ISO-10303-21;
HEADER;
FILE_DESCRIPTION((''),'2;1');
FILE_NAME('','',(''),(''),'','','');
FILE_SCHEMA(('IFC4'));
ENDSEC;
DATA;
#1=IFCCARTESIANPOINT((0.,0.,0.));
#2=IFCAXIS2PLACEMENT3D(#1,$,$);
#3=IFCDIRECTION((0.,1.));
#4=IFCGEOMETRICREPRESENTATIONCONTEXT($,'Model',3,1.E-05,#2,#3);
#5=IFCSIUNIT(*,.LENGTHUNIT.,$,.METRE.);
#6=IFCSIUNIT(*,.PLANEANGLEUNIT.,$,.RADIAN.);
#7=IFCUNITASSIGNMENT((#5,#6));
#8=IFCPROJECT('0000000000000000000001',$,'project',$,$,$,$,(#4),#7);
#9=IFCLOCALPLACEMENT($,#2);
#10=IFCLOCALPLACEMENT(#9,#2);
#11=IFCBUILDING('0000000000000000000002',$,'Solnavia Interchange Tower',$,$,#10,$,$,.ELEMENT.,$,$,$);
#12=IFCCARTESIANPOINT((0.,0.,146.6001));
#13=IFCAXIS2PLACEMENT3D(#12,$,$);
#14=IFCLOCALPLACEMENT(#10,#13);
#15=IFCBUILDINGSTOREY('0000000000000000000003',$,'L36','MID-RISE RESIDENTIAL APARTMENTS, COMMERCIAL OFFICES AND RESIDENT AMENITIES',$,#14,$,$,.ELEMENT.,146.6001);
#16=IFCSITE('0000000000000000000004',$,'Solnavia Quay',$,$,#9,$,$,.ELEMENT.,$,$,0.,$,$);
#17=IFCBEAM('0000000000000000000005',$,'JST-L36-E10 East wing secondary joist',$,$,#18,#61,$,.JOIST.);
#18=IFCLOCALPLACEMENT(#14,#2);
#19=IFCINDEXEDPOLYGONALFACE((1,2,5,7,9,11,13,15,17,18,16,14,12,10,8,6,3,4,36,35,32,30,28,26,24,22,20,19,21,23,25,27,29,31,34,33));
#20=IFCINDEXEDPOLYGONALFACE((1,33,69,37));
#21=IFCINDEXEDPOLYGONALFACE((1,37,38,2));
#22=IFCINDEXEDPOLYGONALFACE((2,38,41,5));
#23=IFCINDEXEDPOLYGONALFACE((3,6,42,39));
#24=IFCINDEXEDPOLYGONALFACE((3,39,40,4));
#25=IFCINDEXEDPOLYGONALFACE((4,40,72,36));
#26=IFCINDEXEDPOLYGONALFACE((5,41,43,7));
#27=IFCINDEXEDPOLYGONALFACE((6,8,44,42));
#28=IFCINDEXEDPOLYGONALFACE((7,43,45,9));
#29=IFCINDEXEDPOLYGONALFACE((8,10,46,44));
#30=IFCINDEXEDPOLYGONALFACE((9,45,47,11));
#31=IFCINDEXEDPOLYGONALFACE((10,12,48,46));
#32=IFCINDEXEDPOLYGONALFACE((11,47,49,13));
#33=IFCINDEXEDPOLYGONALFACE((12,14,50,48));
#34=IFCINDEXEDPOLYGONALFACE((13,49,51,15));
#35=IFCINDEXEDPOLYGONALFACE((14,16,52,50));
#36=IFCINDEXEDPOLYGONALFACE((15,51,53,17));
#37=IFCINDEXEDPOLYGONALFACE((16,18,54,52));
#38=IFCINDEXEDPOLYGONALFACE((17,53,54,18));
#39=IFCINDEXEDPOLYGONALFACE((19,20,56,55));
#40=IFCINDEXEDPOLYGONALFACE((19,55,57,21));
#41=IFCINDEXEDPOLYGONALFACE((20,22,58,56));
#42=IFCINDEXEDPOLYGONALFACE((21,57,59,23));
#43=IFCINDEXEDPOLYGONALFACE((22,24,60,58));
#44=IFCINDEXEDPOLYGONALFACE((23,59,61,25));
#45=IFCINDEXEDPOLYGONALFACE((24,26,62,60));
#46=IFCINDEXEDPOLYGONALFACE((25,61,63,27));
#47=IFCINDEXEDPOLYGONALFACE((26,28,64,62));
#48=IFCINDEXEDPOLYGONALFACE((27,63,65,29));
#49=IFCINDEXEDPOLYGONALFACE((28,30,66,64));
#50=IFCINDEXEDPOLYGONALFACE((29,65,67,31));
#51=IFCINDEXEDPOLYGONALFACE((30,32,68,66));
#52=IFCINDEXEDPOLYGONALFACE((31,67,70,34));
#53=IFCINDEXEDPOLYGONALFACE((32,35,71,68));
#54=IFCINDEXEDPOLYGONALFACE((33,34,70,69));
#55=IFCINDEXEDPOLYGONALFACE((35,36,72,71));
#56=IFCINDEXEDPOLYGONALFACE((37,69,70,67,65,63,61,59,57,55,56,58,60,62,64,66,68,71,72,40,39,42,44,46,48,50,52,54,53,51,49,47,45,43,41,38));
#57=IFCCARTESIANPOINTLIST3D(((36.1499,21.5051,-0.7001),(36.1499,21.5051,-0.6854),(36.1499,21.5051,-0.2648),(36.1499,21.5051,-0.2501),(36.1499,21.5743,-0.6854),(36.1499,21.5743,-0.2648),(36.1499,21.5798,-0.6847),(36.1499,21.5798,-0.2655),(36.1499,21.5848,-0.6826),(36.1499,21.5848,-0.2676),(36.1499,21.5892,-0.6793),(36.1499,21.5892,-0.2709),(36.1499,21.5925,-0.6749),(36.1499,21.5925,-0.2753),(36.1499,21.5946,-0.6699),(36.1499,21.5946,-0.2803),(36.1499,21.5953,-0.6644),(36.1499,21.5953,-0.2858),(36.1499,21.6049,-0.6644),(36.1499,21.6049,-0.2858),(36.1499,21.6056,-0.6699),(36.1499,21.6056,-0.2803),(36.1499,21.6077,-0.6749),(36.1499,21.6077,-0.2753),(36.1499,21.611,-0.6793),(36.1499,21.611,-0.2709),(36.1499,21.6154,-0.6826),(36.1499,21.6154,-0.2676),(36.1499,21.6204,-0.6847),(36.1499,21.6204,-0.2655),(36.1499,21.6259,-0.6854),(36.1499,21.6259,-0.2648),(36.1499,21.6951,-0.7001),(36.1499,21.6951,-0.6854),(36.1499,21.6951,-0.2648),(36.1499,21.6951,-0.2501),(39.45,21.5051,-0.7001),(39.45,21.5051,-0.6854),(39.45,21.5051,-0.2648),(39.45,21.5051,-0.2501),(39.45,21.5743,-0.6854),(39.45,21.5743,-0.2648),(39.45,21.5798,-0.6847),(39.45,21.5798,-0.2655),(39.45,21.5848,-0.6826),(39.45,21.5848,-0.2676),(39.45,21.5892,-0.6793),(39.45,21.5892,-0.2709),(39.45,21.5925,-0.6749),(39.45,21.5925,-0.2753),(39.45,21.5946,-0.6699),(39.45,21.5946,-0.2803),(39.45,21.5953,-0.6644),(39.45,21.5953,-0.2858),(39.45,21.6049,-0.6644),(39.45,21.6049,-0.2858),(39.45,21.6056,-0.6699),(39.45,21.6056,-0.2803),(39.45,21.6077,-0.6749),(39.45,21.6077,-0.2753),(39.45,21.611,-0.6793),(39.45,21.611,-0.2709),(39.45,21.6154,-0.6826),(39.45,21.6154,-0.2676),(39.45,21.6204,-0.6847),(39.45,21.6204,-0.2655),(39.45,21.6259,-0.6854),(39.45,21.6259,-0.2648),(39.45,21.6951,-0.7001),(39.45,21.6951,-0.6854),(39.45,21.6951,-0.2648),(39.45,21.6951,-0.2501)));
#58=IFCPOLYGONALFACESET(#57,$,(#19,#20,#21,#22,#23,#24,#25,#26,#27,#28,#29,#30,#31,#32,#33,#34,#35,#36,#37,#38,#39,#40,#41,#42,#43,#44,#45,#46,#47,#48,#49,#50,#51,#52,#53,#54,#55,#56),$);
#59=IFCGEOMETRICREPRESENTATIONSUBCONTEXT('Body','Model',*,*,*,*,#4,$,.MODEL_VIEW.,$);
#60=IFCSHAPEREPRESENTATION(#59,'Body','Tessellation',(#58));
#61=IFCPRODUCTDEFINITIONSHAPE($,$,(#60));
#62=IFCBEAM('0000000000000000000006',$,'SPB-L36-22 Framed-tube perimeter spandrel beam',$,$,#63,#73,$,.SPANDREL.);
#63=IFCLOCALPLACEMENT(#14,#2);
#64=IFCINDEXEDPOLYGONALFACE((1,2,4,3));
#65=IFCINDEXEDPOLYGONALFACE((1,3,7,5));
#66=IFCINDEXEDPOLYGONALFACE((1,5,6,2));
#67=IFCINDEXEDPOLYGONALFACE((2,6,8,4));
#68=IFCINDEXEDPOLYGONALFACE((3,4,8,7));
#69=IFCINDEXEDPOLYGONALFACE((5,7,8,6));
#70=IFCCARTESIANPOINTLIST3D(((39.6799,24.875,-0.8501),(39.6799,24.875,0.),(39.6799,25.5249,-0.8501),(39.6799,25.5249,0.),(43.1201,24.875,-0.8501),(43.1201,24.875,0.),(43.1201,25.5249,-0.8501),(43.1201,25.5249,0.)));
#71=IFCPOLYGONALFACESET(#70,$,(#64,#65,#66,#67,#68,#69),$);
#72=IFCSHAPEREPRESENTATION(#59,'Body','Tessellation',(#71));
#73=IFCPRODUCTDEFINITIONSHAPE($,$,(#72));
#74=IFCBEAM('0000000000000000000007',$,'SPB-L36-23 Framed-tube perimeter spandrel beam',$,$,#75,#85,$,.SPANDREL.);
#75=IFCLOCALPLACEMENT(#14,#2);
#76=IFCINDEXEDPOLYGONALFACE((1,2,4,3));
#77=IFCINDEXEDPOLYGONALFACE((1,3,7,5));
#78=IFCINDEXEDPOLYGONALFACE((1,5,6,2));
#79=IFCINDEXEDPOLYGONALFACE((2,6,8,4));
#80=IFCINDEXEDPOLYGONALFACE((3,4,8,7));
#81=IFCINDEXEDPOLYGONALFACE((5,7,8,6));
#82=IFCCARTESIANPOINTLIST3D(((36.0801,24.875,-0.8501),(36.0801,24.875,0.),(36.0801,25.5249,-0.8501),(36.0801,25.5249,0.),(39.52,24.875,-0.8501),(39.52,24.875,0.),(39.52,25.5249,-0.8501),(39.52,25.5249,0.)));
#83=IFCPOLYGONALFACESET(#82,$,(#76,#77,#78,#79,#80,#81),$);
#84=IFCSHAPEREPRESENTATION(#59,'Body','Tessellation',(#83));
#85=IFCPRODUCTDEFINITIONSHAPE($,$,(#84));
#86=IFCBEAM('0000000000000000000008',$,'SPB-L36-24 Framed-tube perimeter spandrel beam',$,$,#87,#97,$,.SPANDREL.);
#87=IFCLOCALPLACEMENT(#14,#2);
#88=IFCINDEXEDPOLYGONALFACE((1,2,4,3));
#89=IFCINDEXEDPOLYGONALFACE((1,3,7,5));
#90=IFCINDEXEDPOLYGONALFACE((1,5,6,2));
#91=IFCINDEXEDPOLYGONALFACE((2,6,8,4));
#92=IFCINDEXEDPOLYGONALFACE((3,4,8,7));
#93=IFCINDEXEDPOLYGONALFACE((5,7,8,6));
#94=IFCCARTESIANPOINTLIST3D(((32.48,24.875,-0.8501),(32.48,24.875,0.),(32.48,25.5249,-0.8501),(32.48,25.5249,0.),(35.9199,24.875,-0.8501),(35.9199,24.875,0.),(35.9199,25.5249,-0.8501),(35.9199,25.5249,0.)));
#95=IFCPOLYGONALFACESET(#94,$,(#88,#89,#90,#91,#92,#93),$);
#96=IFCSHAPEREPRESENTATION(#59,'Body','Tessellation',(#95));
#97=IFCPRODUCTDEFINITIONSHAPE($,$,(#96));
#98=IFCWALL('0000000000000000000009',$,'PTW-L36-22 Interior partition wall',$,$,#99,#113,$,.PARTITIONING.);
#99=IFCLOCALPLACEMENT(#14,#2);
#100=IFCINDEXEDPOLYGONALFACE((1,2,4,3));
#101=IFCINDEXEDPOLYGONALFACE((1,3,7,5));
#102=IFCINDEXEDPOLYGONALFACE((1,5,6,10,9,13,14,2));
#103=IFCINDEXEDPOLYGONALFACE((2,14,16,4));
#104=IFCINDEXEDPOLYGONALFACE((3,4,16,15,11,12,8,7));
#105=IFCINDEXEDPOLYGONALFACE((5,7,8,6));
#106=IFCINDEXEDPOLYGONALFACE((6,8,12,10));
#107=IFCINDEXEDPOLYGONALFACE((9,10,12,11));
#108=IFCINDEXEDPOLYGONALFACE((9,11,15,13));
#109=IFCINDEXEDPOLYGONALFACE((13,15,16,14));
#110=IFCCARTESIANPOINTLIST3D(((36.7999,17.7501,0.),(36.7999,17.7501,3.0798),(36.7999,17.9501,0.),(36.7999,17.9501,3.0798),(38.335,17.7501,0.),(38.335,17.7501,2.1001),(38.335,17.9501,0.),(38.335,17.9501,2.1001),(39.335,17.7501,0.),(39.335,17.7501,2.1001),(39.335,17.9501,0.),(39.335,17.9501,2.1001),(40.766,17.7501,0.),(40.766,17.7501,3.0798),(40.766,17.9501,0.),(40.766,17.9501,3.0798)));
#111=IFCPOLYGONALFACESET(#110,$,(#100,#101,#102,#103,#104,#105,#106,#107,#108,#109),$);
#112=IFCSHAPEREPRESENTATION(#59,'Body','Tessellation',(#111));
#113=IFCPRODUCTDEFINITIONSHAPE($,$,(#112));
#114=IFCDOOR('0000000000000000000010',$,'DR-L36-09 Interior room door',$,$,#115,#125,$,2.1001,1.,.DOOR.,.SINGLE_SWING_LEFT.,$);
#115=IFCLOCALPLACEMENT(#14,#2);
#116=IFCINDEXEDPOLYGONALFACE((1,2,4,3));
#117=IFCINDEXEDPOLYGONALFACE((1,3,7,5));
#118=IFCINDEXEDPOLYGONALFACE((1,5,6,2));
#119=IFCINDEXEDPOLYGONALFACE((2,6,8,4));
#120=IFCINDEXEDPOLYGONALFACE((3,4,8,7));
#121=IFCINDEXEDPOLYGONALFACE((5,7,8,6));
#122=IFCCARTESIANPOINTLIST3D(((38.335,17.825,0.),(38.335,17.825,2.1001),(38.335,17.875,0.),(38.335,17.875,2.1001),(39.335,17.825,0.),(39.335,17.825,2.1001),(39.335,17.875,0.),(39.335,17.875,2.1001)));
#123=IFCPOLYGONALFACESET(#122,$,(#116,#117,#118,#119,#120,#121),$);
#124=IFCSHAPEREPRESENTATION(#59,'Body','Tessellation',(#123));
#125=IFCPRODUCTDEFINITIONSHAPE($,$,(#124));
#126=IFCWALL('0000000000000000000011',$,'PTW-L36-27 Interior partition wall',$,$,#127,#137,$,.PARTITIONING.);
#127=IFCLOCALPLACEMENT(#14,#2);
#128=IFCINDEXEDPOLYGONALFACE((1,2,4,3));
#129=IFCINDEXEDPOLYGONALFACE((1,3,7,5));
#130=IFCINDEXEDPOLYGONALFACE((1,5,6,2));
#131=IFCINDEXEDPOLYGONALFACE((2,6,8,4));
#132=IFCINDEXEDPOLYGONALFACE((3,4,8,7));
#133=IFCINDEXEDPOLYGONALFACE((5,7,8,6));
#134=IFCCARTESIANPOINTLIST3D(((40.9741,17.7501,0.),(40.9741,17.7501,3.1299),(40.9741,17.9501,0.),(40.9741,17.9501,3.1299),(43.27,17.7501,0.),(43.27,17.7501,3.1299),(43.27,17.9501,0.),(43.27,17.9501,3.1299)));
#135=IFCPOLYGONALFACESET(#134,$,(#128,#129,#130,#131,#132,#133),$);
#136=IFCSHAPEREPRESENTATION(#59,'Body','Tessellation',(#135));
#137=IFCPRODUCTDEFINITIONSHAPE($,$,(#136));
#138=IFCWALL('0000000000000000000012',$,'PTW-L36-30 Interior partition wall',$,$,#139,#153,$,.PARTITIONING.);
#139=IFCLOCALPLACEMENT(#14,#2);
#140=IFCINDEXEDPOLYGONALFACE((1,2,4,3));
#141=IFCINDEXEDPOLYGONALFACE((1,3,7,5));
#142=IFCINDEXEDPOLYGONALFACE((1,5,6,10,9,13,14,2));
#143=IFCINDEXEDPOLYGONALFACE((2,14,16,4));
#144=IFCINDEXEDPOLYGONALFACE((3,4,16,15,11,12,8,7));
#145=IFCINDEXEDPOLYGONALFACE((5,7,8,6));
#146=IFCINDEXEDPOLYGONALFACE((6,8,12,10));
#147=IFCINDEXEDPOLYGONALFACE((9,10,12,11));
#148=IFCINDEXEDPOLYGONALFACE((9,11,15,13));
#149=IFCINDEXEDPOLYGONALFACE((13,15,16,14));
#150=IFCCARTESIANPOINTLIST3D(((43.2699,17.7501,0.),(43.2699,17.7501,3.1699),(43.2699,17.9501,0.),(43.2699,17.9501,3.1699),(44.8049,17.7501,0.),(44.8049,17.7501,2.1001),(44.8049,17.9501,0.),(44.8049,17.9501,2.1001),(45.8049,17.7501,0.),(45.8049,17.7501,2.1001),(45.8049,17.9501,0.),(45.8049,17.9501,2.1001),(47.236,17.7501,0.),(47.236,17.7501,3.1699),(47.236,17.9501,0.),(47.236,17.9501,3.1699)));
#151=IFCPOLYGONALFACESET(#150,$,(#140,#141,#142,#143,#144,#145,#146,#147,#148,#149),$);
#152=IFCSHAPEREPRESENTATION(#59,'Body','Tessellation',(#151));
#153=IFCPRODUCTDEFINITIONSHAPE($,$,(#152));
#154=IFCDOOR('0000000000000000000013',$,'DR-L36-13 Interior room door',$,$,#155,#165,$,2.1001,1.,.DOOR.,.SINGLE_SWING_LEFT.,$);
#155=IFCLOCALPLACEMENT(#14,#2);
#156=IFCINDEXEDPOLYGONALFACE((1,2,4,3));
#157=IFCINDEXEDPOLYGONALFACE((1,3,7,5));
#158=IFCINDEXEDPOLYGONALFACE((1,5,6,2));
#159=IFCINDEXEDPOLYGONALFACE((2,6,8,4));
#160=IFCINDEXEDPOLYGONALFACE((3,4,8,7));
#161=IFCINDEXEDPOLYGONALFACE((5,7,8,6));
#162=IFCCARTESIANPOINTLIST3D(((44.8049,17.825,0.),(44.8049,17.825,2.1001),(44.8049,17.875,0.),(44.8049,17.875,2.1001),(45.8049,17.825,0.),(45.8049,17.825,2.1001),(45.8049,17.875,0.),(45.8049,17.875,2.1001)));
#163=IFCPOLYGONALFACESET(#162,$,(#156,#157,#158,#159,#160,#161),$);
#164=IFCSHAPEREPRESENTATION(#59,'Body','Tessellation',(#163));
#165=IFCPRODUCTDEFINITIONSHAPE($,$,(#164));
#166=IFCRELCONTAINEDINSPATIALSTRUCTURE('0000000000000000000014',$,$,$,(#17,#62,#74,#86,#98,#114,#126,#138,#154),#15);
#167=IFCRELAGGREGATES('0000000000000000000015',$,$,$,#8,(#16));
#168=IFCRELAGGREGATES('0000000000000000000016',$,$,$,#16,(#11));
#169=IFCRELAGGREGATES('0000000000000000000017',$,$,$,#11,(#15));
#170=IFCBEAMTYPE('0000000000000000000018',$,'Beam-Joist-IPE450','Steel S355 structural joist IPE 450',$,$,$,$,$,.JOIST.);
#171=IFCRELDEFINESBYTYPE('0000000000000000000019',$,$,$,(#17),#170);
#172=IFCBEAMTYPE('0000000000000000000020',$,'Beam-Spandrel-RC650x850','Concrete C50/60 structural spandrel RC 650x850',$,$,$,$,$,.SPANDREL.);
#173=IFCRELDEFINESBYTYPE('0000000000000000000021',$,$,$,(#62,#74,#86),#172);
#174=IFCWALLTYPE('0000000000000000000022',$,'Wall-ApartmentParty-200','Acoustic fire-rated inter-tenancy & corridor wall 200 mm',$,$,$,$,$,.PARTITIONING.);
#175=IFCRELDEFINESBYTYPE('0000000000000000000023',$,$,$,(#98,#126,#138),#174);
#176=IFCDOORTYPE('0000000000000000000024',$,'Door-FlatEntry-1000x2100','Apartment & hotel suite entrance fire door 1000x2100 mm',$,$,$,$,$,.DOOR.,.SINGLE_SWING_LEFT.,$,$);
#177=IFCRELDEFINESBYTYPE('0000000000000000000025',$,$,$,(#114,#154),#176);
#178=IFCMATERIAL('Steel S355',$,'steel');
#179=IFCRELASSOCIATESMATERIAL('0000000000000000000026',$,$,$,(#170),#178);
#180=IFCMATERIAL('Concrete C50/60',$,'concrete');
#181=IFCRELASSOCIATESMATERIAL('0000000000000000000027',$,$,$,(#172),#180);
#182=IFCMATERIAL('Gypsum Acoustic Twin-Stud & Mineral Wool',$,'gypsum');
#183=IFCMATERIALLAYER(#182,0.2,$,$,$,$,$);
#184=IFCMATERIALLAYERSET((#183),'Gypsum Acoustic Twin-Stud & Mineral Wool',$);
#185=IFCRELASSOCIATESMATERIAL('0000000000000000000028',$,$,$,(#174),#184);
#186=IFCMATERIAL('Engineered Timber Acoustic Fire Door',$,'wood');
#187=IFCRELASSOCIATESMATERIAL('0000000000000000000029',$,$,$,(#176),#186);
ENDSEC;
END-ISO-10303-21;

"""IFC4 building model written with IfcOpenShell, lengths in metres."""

from ifc_helpers import new_model, si_unit, direction, frame, frame_2d, origin, origin_2d, place, context, subcontext, project, spatial, rectangle, i_section, extrude, material, layer, layer_set, material_profile, profile_set, type_object, element, fill, save


model = new_model("IFC4")

# Units and contexts
model_context = context("Model", 3, precision=1e-05, world=origin(), true_north=direction((0.0, 1.0)))
body_context = subcontext(model_context, "Body", "Model", "MODEL_VIEW")
ifc_project = project(units=[si_unit("LENGTHUNIT", "METRE"), si_unit("PLANEANGLEUNIT", "RADIAN")], contexts=[model_context])

# Site, building, storey
site_placement = place(None, origin())
site = spatial("IfcSite", under=ifc_project, at=site_placement, Name="Solnavia Quay", CompositionType="ELEMENT", RefElevation=0.0)
building_placement = place(site_placement, origin())
building = spatial("IfcBuilding", under=site, at=building_placement, Name="Solnavia Interchange Tower", CompositionType="ELEMENT")
storey_placement = place(building_placement, frame((0.0, 0.0, 146.6001)))
storey = spatial("IfcBuildingStorey", under=building, at=storey_placement, Name="L36", Description="MID-RISE RESIDENTIAL APARTMENTS, COMMERCIAL OFFICES AND RESIDENT AMENITIES", CompositionType="ELEMENT", Elevation=146.6001)

# Shared definitions
ifc_material_1 = material(Name="Concrete C50/60", Category="concrete")

# Beams
ifc_material_2 = material(Name="Steel S355", Category="steel")
ifc_material_profile_1 = material_profile(ifc_material_2, i_section(OverallWidth=0.1899, OverallDepth=0.45, WebThickness=0.0095, FlangeThickness=0.0146, FilletRadius=0.021, at=origin_2d()), Name="IPE 450")
ifc_profile_set_1 = profile_set([ifc_material_profile_1], Name="Steel S355")
beam_type_1 = type_object("IfcBeamType", Name="Beam-Joist-IPE450", Description="Steel S355 structural joist IPE 450", PredefinedType="JOIST", material=ifc_profile_set_1)
for number, where, z_axis, x_axis, name in (
    (1, (36.1499, 21.6001, -0.4751), (1.0, 0.0, 0.0), (0.0, 1.0, 0.0), "JST-L36-E10 East wing secondary joist"),
):
    element("IfcBeam", number, at=place(storey_placement, frame(where, z_axis=z_axis, x_axis=x_axis)), inside=storey, type_object=beam_type_1, Name=name, PredefinedType="JOIST", context=body_context, shape_type="SweptSolid", body=[
        extrude(i_section(OverallWidth=0.1899, OverallDepth=0.45, WebThickness=0.0095, FlangeThickness=0.0146, FilletRadius=0.021, at=origin_2d()), origin(), (0.0, 0.0, 1.0), 3.3),
    ])
ifc_material_profile_2 = material_profile(ifc_material_1, rectangle(XDim=0.6499, YDim=0.8501, at=origin_2d()), Name="RC 650x850")
ifc_profile_set_2 = profile_set([ifc_material_profile_2], Name="Concrete C50/60")
beam_type_2 = type_object("IfcBeamType", Name="Beam-Spandrel-RC650x850", Description="Concrete C50/60 structural spandrel RC 650x850", PredefinedType="SPANDREL", material=ifc_profile_set_2)
beam_placement = place(storey_placement, frame((43.1201, 25.2, -0.425), z_axis=(-1.0, 0.0, 0.0), x_axis=(0.0, -1.0, 0.0)))
element("IfcBeam", 2, at=beam_placement, inside=storey, type_object=beam_type_2, Name="SPB-L36-22 Framed-tube perimeter spandrel beam", PredefinedType="SPANDREL", context=body_context, shape_type="SweptSolid", body=[
    extrude(rectangle(XDim=0.6499, YDim=0.8501, at=origin_2d()), origin(), (0.0, 0.0, 1.0), 3.4402),
])
for number, where, z_axis, x_axis, name in (
    (3, (39.52, 25.2, -0.425), (-1.0, 0.0, 0.0), (0.0, -1.0, 0.0), "SPB-L36-23 Framed-tube perimeter spandrel beam"),
    (4, (35.9199, 25.2, -0.425), (-1.0, 0.0, 0.0), (0.0, -1.0, 0.0), "SPB-L36-24 Framed-tube perimeter spandrel beam"),
):
    element("IfcBeam", number, at=place(storey_placement, frame(where, z_axis=z_axis, x_axis=x_axis)), inside=storey, type_object=beam_type_2, Name=name, PredefinedType="SPANDREL", context=body_context, shape_type="SweptSolid", body=[
        extrude(rectangle(XDim=0.6499, YDim=0.8501, at=origin_2d()), origin(), (0.0, 0.0, 1.0), 3.4399),
    ])

# Wall, opening, door
ifc_material_3 = material(Name="Gypsum Acoustic Twin-Stud & Mineral Wool", Category="gypsum")
ifc_layer_1 = layer(ifc_material_3, 0.2)
ifc_layer_set_1 = layer_set([ifc_layer_1], Name="Gypsum Acoustic Twin-Stud & Mineral Wool")
wall_type_1 = type_object("IfcWallType", Name="Wall-ApartmentParty-200", Description="Acoustic fire-rated inter-tenancy & corridor wall 200 mm", PredefinedType="PARTITIONING", material=ifc_layer_set_1)
wall_1_placement = place(storey_placement, frame((36.8, 17.8501, 0.0), z_axis=(0.0, 0.0, 1.0), x_axis=(1.0, 0.0, 0.0)))
wall_1 = element("IfcWall", 5, at=wall_1_placement, inside=storey, type_object=wall_type_1, Name="PTW-L36-22 Interior partition wall", PredefinedType="PARTITIONING", context=body_context, shape_type="SweptSolid", body=[
    extrude(rectangle(XDim=3.9661, YDim=0.2, at=frame_2d((1.9829, 0.0))), origin(), (0.0, 0.0, 1.0), 3.0798),
])
opening_1_placement = place(wall_1_placement, frame((1.5349, 0.0, 0.0)))
opening_1 = element("IfcOpeningElement", 6, at=opening_1_placement, cuts=wall_1, PredefinedType="OPENING", context=body_context, shape_type="SweptSolid", body=[
    extrude(rectangle(XDim=1.0, YDim=2.1001, at=frame_2d((0.5, 1.05))), frame((0.0, 0.1099, 0.0), z_axis=(0.0, -1.0, 0.0), x_axis=(1.0, 0.0, 0.0)), (0.0, 0.0, 1.0), 0.22),
])
ifc_material_4 = material(Name="Engineered Timber Acoustic Fire Door", Category="wood")
door_type_1 = type_object("IfcDoorType", Name="Door-FlatEntry-1000x2100", Description="Apartment & hotel suite entrance fire door 1000x2100 mm", OperationType="SINGLE_SWING_LEFT", PredefinedType="DOOR", material=ifc_material_4)
door_1_placement = place(opening_1_placement, origin())
door_1 = element("IfcDoor", 7, at=door_1_placement, inside=storey, type_object=door_type_1, Name="DR-L36-09 Interior room door", OperationType="SINGLE_SWING_LEFT", OverallHeight=2.1001, OverallWidth=1.0, PredefinedType="DOOR", context=body_context, shape_type="SweptSolid", body=[
    extrude(rectangle(XDim=1.0, YDim=2.1001, at=frame_2d((0.5, 1.05))), frame((0.0, 0.0249, 0.0), z_axis=(0.0, -1.0, 0.0), x_axis=(1.0, 0.0, 0.0)), (0.0, 0.0, 1.0), 0.05),
])
fill(opening_1, door_1)

# Wall
wall_2_placement = place(storey_placement, frame((40.9741, 17.8501, 0.0), z_axis=(0.0, 0.0, 1.0), x_axis=(1.0, 0.0, 0.0)))
element("IfcWall", 8, at=wall_2_placement, inside=storey, type_object=wall_type_1, Name="PTW-L36-27 Interior partition wall", PredefinedType="PARTITIONING", context=body_context, shape_type="SweptSolid", body=[
    extrude(rectangle(XDim=2.2959, YDim=0.2, at=frame_2d((1.1479, 0.0))), origin(), (0.0, 0.0, 1.0), 3.1299),
])

# Wall, opening, door
wall_3_placement = place(storey_placement, frame((43.27, 17.8501, 0.0), z_axis=(0.0, 0.0, 1.0), x_axis=(1.0, 0.0, 0.0)))
wall_3 = element("IfcWall", 9, at=wall_3_placement, inside=storey, type_object=wall_type_1, Name="PTW-L36-30 Interior partition wall", PredefinedType="PARTITIONING", context=body_context, shape_type="SweptSolid", body=[
    extrude(rectangle(XDim=3.9661, YDim=0.2, at=frame_2d((1.9829, 0.0))), origin(), (0.0, 0.0, 1.0), 3.1699),
])
opening_2_placement = place(wall_3_placement, frame((1.5349, 0.0, 0.0)))
opening_2 = element("IfcOpeningElement", 10, at=opening_2_placement, cuts=wall_3, PredefinedType="OPENING", context=body_context, shape_type="SweptSolid", body=[
    extrude(rectangle(XDim=1.0, YDim=2.1001, at=frame_2d((0.5, 1.05))), frame((0.0, 0.1099, 0.0), z_axis=(0.0, -1.0, 0.0), x_axis=(1.0, 0.0, 0.0)), (0.0, 0.0, 1.0), 0.22),
])
door_2_placement = place(opening_2_placement, origin())
door_2 = element("IfcDoor", 11, at=door_2_placement, inside=storey, type_object=door_type_1, Name="DR-L36-13 Interior room door", OperationType="SINGLE_SWING_LEFT", OverallHeight=2.1001, OverallWidth=1.0, PredefinedType="DOOR", context=body_context, shape_type="SweptSolid", body=[
    extrude(rectangle(XDim=1.0, YDim=2.1001, at=frame_2d((0.5, 1.05))), frame((0.0, 0.0249, 0.0), z_axis=(0.0, -1.0, 0.0), x_axis=(1.0, 0.0, 0.0)), (0.0, 0.0, 1.0), 0.05),
])
fill(opening_2, door_2)

save(model, "model.ifc")
